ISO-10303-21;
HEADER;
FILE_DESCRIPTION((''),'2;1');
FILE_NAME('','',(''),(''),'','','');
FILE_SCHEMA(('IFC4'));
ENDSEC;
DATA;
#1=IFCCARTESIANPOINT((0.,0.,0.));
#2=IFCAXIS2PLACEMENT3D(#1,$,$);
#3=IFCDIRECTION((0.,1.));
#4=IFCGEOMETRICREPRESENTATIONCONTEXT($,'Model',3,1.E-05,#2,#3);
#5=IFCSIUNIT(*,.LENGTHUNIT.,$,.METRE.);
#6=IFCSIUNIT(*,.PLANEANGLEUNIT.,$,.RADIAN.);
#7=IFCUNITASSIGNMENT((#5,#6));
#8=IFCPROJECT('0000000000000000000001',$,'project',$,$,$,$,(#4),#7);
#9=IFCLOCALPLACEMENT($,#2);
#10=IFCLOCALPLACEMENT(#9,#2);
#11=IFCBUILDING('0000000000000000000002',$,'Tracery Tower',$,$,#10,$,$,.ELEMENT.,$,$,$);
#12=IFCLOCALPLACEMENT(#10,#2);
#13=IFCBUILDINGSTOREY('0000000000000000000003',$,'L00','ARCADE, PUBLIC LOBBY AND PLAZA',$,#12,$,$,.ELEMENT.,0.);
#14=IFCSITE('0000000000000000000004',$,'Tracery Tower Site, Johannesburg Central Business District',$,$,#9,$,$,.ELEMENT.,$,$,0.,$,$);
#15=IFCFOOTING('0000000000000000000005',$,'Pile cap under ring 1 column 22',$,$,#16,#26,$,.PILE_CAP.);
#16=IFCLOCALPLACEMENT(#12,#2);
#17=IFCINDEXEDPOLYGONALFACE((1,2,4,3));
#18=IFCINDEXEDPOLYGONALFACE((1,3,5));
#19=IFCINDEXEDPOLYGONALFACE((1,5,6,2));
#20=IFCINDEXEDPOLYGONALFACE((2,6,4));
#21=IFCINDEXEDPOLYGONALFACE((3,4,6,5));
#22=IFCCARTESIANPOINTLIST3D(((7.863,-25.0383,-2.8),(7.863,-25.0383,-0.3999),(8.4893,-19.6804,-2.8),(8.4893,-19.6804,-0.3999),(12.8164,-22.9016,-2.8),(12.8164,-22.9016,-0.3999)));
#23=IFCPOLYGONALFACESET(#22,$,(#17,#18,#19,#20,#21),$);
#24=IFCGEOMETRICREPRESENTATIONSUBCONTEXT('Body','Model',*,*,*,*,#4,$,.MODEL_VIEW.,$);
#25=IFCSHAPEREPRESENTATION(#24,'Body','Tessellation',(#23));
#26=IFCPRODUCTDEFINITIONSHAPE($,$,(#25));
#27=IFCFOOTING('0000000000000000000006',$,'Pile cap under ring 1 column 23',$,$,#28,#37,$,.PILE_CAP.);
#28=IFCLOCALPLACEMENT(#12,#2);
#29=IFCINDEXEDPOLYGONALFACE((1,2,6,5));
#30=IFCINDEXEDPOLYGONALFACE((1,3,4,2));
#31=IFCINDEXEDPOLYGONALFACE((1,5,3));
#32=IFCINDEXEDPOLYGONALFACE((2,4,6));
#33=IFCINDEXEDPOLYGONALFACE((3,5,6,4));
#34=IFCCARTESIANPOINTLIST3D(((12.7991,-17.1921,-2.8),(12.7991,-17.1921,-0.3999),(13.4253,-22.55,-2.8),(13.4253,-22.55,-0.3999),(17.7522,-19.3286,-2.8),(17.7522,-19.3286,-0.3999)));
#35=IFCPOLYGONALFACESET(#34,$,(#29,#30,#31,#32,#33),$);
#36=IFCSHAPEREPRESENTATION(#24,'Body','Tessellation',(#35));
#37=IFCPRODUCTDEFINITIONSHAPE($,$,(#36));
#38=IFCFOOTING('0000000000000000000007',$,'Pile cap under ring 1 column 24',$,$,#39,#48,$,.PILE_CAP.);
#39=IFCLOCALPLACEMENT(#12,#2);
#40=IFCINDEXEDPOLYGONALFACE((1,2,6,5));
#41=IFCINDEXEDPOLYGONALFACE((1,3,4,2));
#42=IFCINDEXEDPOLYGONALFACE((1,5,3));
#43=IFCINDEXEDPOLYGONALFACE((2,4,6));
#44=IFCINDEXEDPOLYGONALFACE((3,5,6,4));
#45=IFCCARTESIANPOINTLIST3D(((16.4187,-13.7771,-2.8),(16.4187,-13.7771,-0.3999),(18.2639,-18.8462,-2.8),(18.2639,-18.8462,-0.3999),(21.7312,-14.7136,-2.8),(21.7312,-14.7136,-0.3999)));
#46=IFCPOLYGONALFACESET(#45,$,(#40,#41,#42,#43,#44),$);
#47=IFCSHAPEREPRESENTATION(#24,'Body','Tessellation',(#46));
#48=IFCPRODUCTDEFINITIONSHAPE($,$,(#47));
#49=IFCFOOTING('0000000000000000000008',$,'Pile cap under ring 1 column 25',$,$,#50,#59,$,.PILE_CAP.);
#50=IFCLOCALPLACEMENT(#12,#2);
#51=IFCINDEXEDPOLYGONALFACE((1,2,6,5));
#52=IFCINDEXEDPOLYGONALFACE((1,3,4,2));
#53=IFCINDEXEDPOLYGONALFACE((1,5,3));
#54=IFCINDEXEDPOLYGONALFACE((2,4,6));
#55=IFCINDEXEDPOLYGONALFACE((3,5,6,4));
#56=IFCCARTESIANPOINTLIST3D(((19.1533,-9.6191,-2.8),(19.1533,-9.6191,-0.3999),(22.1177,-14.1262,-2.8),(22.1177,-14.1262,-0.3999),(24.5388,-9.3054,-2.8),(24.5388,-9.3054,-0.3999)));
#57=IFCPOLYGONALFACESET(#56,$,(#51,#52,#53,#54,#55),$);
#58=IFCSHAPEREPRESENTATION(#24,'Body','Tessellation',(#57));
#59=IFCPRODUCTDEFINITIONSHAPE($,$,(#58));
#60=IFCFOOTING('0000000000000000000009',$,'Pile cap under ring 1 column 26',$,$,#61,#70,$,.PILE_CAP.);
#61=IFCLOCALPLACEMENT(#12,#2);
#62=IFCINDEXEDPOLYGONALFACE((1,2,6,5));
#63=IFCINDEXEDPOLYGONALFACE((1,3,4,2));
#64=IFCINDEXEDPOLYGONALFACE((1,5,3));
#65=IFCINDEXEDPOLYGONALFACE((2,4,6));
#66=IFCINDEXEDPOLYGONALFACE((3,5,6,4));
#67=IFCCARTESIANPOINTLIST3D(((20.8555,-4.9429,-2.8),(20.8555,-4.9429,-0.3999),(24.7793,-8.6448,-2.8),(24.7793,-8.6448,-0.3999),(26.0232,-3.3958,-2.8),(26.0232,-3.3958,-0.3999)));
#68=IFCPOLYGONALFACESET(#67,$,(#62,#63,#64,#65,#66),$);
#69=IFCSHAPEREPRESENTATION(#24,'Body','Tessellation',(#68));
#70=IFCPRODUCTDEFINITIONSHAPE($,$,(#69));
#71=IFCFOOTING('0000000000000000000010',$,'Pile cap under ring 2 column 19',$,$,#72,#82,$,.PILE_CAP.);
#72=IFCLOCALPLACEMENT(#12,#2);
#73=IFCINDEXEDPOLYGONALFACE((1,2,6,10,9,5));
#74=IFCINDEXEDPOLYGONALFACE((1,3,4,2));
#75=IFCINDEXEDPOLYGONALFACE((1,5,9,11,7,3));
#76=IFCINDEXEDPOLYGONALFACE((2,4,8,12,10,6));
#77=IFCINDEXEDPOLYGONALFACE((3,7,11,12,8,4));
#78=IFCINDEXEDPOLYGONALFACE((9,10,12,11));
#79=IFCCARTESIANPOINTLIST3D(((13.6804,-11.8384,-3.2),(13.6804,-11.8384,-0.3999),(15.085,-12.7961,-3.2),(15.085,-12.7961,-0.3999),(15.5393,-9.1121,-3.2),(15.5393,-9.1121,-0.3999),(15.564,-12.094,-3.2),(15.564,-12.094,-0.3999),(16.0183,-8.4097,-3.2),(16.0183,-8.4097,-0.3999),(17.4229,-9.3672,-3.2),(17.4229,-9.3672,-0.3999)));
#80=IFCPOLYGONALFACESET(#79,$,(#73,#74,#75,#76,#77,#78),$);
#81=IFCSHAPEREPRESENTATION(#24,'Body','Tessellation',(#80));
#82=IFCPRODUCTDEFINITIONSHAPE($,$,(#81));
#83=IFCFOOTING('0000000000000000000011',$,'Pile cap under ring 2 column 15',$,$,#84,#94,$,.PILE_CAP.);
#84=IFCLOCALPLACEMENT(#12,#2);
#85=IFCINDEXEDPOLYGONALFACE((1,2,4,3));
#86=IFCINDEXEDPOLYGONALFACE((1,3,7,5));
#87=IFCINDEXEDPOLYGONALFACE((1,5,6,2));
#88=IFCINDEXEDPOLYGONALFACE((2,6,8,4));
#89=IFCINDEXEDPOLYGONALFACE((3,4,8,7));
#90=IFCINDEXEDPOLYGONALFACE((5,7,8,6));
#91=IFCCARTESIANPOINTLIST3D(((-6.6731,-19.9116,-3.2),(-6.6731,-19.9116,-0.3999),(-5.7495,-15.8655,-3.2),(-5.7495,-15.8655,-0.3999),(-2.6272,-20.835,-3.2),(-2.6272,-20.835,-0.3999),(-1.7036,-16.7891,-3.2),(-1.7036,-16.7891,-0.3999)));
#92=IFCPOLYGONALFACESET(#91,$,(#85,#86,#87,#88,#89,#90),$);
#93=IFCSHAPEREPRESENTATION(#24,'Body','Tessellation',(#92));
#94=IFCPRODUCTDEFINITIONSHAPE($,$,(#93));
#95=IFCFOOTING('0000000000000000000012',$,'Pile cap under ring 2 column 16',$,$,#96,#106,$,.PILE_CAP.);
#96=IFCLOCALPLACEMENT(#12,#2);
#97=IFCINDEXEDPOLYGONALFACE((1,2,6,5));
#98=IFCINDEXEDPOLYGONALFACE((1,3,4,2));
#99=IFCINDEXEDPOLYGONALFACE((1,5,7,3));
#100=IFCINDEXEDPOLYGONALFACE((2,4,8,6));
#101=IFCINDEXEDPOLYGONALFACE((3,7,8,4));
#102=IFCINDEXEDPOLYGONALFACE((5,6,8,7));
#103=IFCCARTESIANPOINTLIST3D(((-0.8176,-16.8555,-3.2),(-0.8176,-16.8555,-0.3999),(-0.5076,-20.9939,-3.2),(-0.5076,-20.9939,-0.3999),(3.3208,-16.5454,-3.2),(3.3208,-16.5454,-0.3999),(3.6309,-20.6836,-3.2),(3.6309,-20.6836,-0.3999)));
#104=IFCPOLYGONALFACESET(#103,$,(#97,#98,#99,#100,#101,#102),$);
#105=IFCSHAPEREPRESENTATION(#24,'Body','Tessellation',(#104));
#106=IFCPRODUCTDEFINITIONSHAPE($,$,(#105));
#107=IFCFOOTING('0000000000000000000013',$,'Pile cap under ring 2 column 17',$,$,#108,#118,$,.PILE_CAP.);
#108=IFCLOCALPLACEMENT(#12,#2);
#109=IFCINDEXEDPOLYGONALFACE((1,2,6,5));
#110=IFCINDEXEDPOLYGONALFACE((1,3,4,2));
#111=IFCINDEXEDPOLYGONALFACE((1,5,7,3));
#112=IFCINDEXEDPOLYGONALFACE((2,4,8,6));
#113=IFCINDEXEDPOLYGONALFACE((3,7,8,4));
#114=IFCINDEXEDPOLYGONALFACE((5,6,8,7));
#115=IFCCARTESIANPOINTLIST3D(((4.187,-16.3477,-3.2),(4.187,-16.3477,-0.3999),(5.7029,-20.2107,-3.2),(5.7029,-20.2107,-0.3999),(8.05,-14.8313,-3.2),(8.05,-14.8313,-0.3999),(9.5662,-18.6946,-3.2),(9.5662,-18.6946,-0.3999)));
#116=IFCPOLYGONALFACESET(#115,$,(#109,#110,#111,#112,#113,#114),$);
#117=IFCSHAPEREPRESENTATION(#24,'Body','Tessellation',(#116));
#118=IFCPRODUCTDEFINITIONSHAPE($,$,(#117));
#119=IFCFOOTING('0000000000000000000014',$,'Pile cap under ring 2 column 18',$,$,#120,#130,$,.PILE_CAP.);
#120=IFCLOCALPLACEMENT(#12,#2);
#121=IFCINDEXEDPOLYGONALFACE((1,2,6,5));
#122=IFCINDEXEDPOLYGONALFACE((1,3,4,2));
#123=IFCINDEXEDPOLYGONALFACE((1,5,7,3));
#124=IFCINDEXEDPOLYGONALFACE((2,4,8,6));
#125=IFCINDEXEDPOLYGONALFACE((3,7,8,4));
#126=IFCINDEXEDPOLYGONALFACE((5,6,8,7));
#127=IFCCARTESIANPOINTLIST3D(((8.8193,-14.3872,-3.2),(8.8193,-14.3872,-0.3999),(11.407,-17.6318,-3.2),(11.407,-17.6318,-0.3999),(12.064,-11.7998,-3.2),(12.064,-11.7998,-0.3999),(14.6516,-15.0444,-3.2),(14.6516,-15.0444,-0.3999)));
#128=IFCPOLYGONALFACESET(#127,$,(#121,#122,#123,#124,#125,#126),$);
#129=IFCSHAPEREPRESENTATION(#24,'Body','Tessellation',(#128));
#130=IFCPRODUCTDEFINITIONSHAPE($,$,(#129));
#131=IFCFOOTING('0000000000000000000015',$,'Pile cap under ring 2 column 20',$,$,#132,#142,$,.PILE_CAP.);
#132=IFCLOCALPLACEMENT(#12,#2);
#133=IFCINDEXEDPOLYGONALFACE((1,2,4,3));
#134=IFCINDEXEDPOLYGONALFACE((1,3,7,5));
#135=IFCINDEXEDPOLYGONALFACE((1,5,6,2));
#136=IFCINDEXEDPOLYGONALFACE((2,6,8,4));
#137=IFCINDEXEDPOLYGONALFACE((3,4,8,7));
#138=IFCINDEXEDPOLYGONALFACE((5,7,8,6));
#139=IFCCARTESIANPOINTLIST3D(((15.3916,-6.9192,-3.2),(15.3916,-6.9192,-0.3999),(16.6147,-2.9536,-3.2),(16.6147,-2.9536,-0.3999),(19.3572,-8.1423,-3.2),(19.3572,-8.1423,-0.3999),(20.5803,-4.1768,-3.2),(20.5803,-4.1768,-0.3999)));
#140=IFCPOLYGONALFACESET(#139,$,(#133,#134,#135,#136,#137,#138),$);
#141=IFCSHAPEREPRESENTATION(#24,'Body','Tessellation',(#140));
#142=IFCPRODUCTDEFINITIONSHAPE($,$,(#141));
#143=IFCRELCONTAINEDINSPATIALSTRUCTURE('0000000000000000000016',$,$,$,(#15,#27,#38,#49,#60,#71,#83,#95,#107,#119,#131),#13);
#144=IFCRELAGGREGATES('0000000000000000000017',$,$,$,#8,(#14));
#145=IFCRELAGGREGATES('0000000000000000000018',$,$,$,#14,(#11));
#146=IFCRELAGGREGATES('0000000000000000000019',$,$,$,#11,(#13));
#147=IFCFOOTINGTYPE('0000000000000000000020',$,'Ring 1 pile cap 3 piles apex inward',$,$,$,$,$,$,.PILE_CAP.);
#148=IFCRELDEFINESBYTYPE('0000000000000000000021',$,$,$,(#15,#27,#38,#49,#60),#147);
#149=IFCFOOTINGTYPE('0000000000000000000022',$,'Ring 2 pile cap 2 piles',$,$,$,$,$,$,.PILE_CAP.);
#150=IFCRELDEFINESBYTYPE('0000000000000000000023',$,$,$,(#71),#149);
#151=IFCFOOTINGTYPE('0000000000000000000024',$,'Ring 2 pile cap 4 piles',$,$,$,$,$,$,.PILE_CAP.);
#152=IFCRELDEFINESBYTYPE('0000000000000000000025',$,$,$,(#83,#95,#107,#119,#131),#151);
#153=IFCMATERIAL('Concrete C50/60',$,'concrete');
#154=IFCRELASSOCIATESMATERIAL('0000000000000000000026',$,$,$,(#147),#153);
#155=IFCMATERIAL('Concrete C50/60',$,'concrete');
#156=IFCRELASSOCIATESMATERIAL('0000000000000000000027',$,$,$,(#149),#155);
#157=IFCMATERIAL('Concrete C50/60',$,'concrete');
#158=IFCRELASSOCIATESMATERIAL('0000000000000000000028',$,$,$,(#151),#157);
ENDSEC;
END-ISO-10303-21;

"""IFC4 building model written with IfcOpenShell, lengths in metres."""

from ifc_helpers import new_model, si_unit, direction, frame, origin, place, context, subcontext, project, spatial, polyline, outline, extrude, material, type_object, element, save


model = new_model("IFC4")

# Units and contexts
model_context = context("Model", 3, precision=1e-05, world=origin(), true_north=direction((0.0, 1.0)))
body_context = subcontext(model_context, "Body", "Model", "MODEL_VIEW")
ifc_project = project(units=[si_unit("LENGTHUNIT", "METRE"), si_unit("PLANEANGLEUNIT", "RADIAN")], contexts=[model_context])

# Site, building, storey
site_placement = place(None, origin())
site = spatial("IfcSite", under=ifc_project, at=site_placement, Name="Tracery Tower Site, Johannesburg Central Business District", CompositionType="ELEMENT", RefElevation=0.0)
building_placement = place(site_placement, origin())
building = spatial("IfcBuilding", under=site, at=building_placement, Name="Tracery Tower", CompositionType="ELEMENT")
storey_placement = place(building_placement, origin())
storey = spatial("IfcBuildingStorey", under=building, at=storey_placement, Name="L00", Description="ARCADE, PUBLIC LOBBY AND PLAZA", CompositionType="ELEMENT", Elevation=0.0)

# Footings
ifc_material_1 = material(Name="Concrete C50/60", Category="concrete")
footing_type_1 = type_object("IfcFootingType", Name="Ring 1 pile cap 3 piles apex inward", PredefinedType="PILE_CAP", material=ifc_material_1)
footing_1_placement = place(storey_placement, frame((0.0, 0.0, -2.8)))
element("IfcFooting", 1, at=footing_1_placement, inside=storey, type_object=footing_type_1, Name="Pile cap under ring 1 column 22", PredefinedType="PILE_CAP", context=body_context, shape_type="SweptSolid", body=[
    extrude(outline(polyline([(12.8164, -22.9016), (8.4893, -19.6804), (7.863, -25.0383), (12.8164, -22.9016)])), origin(), (0.0, 0.0, 1.0), 2.4001),
])
footing_2_placement = place(storey_placement, frame((0.0, 0.0, -2.8)))
element("IfcFooting", 2, at=footing_2_placement, inside=storey, type_object=footing_type_1, Name="Pile cap under ring 1 column 23", PredefinedType="PILE_CAP", context=body_context, shape_type="SweptSolid", body=[
    extrude(outline(polyline([(17.7522, -19.3286), (12.7991, -17.1921), (13.4253, -22.55), (17.7522, -19.3286)])), origin(), (0.0, 0.0, 1.0), 2.4001),
])
footing_3_placement = place(storey_placement, frame((0.0, 0.0, -2.8)))
element("IfcFooting", 3, at=footing_3_placement, inside=storey, type_object=footing_type_1, Name="Pile cap under ring 1 column 24", PredefinedType="PILE_CAP", context=body_context, shape_type="SweptSolid", body=[
    extrude(outline(polyline([(21.7312, -14.7136), (16.4187, -13.7771), (18.2639, -18.8462), (21.7312, -14.7136)])), origin(), (0.0, 0.0, 1.0), 2.4001),
])
footing_4_placement = place(storey_placement, frame((0.0, 0.0, -2.8)))
element("IfcFooting", 4, at=footing_4_placement, inside=storey, type_object=footing_type_1, Name="Pile cap under ring 1 column 25", PredefinedType="PILE_CAP", context=body_context, shape_type="SweptSolid", body=[
    extrude(outline(polyline([(24.5388, -9.3054), (19.1533, -9.6191), (22.1177, -14.1262), (24.5388, -9.3054)])), origin(), (0.0, 0.0, 1.0), 2.4001),
])
footing_5_placement = place(storey_placement, frame((0.0, 0.0, -2.8)))
element("IfcFooting", 5, at=footing_5_placement, inside=storey, type_object=footing_type_1, Name="Pile cap under ring 1 column 26", PredefinedType="PILE_CAP", context=body_context, shape_type="SweptSolid", body=[
    extrude(outline(polyline([(26.0232, -3.3958), (20.8555, -4.9429), (24.7793, -8.6448), (26.0232, -3.3958)])), origin(), (0.0, 0.0, 1.0), 2.4001),
])
ifc_material_2 = material(Name="Concrete C50/60", Category="concrete")
footing_type_2 = type_object("IfcFootingType", Name="Ring 2 pile cap 2 piles", PredefinedType="PILE_CAP", material=ifc_material_2)
footing_6_placement = place(storey_placement, frame((0.0, 0.0, -3.2)))
element("IfcFooting", 6, at=footing_6_placement, inside=storey, type_object=footing_type_2, Name="Pile cap under ring 2 column 19", PredefinedType="PILE_CAP", context=body_context, shape_type="SweptSolid", body=[
    extrude(outline(polyline([(13.6804, -11.8384), (15.085, -12.7961), (15.564, -12.094), (17.4229, -9.3672), (16.0183, -8.4097), (15.5393, -9.1121), (13.6804, -11.8384)])), origin(), (0.0, 0.0, 1.0), 2.8),
])
ifc_material_3 = material(Name="Concrete C50/60", Category="concrete")
footing_type_3 = type_object("IfcFootingType", Name="Ring 2 pile cap 4 piles", PredefinedType="PILE_CAP", material=ifc_material_3)
footing_7_placement = place(storey_placement, frame((0.0, 0.0, -3.2)))
element("IfcFooting", 7, at=footing_7_placement, inside=storey, type_object=footing_type_3, Name="Pile cap under ring 2 column 15", PredefinedType="PILE_CAP", context=body_context, shape_type="SweptSolid", body=[
    extrude(outline(polyline([(-6.6731, -19.9116), (-2.6272, -20.835), (-1.7036, -16.7891), (-5.7495, -15.8655), (-6.6731, -19.9116)])), origin(), (0.0, 0.0, 1.0), 2.8),
])
footing_8_placement = place(storey_placement, frame((0.0, 0.0, -3.2)))
element("IfcFooting", 8, at=footing_8_placement, inside=storey, type_object=footing_type_3, Name="Pile cap under ring 2 column 16", PredefinedType="PILE_CAP", context=body_context, shape_type="SweptSolid", body=[
    extrude(outline(polyline([(-0.5076, -20.9939), (3.6309, -20.6836), (3.3208, -16.5454), (-0.8176, -16.8555), (-0.5076, -20.9939)])), origin(), (0.0, 0.0, 1.0), 2.8),
])
footing_9_placement = place(storey_placement, frame((0.0, 0.0, -3.2)))
element("IfcFooting", 9, at=footing_9_placement, inside=storey, type_object=footing_type_3, Name="Pile cap under ring 2 column 17", PredefinedType="PILE_CAP", context=body_context, shape_type="SweptSolid", body=[
    extrude(outline(polyline([(5.7029, -20.2107), (9.5662, -18.6946), (8.05, -14.8313), (4.187, -16.3477), (5.7029, -20.2107)])), origin(), (0.0, 0.0, 1.0), 2.8),
])
footing_10_placement = place(storey_placement, frame((0.0, 0.0, -3.2)))
element("IfcFooting", 10, at=footing_10_placement, inside=storey, type_object=footing_type_3, Name="Pile cap under ring 2 column 18", PredefinedType="PILE_CAP", context=body_context, shape_type="SweptSolid", body=[
    extrude(outline(polyline([(11.407, -17.6318), (14.6516, -15.0444), (12.064, -11.7998), (8.8193, -14.3872), (11.407, -17.6318)])), origin(), (0.0, 0.0, 1.0), 2.8),
])
footing_11_placement = place(storey_placement, frame((0.0, 0.0, -3.2)))
element("IfcFooting", 11, at=footing_11_placement, inside=storey, type_object=footing_type_3, Name="Pile cap under ring 2 column 20", PredefinedType="PILE_CAP", context=body_context, shape_type="SweptSolid", body=[
    extrude(outline(polyline([(19.3572, -8.1423), (20.5803, -4.1768), (16.6147, -2.9536), (15.3916, -6.9192), (19.3572, -8.1423)])), origin(), (0.0, 0.0, 1.0), 2.8),
])

save(model, "model.ifc")
